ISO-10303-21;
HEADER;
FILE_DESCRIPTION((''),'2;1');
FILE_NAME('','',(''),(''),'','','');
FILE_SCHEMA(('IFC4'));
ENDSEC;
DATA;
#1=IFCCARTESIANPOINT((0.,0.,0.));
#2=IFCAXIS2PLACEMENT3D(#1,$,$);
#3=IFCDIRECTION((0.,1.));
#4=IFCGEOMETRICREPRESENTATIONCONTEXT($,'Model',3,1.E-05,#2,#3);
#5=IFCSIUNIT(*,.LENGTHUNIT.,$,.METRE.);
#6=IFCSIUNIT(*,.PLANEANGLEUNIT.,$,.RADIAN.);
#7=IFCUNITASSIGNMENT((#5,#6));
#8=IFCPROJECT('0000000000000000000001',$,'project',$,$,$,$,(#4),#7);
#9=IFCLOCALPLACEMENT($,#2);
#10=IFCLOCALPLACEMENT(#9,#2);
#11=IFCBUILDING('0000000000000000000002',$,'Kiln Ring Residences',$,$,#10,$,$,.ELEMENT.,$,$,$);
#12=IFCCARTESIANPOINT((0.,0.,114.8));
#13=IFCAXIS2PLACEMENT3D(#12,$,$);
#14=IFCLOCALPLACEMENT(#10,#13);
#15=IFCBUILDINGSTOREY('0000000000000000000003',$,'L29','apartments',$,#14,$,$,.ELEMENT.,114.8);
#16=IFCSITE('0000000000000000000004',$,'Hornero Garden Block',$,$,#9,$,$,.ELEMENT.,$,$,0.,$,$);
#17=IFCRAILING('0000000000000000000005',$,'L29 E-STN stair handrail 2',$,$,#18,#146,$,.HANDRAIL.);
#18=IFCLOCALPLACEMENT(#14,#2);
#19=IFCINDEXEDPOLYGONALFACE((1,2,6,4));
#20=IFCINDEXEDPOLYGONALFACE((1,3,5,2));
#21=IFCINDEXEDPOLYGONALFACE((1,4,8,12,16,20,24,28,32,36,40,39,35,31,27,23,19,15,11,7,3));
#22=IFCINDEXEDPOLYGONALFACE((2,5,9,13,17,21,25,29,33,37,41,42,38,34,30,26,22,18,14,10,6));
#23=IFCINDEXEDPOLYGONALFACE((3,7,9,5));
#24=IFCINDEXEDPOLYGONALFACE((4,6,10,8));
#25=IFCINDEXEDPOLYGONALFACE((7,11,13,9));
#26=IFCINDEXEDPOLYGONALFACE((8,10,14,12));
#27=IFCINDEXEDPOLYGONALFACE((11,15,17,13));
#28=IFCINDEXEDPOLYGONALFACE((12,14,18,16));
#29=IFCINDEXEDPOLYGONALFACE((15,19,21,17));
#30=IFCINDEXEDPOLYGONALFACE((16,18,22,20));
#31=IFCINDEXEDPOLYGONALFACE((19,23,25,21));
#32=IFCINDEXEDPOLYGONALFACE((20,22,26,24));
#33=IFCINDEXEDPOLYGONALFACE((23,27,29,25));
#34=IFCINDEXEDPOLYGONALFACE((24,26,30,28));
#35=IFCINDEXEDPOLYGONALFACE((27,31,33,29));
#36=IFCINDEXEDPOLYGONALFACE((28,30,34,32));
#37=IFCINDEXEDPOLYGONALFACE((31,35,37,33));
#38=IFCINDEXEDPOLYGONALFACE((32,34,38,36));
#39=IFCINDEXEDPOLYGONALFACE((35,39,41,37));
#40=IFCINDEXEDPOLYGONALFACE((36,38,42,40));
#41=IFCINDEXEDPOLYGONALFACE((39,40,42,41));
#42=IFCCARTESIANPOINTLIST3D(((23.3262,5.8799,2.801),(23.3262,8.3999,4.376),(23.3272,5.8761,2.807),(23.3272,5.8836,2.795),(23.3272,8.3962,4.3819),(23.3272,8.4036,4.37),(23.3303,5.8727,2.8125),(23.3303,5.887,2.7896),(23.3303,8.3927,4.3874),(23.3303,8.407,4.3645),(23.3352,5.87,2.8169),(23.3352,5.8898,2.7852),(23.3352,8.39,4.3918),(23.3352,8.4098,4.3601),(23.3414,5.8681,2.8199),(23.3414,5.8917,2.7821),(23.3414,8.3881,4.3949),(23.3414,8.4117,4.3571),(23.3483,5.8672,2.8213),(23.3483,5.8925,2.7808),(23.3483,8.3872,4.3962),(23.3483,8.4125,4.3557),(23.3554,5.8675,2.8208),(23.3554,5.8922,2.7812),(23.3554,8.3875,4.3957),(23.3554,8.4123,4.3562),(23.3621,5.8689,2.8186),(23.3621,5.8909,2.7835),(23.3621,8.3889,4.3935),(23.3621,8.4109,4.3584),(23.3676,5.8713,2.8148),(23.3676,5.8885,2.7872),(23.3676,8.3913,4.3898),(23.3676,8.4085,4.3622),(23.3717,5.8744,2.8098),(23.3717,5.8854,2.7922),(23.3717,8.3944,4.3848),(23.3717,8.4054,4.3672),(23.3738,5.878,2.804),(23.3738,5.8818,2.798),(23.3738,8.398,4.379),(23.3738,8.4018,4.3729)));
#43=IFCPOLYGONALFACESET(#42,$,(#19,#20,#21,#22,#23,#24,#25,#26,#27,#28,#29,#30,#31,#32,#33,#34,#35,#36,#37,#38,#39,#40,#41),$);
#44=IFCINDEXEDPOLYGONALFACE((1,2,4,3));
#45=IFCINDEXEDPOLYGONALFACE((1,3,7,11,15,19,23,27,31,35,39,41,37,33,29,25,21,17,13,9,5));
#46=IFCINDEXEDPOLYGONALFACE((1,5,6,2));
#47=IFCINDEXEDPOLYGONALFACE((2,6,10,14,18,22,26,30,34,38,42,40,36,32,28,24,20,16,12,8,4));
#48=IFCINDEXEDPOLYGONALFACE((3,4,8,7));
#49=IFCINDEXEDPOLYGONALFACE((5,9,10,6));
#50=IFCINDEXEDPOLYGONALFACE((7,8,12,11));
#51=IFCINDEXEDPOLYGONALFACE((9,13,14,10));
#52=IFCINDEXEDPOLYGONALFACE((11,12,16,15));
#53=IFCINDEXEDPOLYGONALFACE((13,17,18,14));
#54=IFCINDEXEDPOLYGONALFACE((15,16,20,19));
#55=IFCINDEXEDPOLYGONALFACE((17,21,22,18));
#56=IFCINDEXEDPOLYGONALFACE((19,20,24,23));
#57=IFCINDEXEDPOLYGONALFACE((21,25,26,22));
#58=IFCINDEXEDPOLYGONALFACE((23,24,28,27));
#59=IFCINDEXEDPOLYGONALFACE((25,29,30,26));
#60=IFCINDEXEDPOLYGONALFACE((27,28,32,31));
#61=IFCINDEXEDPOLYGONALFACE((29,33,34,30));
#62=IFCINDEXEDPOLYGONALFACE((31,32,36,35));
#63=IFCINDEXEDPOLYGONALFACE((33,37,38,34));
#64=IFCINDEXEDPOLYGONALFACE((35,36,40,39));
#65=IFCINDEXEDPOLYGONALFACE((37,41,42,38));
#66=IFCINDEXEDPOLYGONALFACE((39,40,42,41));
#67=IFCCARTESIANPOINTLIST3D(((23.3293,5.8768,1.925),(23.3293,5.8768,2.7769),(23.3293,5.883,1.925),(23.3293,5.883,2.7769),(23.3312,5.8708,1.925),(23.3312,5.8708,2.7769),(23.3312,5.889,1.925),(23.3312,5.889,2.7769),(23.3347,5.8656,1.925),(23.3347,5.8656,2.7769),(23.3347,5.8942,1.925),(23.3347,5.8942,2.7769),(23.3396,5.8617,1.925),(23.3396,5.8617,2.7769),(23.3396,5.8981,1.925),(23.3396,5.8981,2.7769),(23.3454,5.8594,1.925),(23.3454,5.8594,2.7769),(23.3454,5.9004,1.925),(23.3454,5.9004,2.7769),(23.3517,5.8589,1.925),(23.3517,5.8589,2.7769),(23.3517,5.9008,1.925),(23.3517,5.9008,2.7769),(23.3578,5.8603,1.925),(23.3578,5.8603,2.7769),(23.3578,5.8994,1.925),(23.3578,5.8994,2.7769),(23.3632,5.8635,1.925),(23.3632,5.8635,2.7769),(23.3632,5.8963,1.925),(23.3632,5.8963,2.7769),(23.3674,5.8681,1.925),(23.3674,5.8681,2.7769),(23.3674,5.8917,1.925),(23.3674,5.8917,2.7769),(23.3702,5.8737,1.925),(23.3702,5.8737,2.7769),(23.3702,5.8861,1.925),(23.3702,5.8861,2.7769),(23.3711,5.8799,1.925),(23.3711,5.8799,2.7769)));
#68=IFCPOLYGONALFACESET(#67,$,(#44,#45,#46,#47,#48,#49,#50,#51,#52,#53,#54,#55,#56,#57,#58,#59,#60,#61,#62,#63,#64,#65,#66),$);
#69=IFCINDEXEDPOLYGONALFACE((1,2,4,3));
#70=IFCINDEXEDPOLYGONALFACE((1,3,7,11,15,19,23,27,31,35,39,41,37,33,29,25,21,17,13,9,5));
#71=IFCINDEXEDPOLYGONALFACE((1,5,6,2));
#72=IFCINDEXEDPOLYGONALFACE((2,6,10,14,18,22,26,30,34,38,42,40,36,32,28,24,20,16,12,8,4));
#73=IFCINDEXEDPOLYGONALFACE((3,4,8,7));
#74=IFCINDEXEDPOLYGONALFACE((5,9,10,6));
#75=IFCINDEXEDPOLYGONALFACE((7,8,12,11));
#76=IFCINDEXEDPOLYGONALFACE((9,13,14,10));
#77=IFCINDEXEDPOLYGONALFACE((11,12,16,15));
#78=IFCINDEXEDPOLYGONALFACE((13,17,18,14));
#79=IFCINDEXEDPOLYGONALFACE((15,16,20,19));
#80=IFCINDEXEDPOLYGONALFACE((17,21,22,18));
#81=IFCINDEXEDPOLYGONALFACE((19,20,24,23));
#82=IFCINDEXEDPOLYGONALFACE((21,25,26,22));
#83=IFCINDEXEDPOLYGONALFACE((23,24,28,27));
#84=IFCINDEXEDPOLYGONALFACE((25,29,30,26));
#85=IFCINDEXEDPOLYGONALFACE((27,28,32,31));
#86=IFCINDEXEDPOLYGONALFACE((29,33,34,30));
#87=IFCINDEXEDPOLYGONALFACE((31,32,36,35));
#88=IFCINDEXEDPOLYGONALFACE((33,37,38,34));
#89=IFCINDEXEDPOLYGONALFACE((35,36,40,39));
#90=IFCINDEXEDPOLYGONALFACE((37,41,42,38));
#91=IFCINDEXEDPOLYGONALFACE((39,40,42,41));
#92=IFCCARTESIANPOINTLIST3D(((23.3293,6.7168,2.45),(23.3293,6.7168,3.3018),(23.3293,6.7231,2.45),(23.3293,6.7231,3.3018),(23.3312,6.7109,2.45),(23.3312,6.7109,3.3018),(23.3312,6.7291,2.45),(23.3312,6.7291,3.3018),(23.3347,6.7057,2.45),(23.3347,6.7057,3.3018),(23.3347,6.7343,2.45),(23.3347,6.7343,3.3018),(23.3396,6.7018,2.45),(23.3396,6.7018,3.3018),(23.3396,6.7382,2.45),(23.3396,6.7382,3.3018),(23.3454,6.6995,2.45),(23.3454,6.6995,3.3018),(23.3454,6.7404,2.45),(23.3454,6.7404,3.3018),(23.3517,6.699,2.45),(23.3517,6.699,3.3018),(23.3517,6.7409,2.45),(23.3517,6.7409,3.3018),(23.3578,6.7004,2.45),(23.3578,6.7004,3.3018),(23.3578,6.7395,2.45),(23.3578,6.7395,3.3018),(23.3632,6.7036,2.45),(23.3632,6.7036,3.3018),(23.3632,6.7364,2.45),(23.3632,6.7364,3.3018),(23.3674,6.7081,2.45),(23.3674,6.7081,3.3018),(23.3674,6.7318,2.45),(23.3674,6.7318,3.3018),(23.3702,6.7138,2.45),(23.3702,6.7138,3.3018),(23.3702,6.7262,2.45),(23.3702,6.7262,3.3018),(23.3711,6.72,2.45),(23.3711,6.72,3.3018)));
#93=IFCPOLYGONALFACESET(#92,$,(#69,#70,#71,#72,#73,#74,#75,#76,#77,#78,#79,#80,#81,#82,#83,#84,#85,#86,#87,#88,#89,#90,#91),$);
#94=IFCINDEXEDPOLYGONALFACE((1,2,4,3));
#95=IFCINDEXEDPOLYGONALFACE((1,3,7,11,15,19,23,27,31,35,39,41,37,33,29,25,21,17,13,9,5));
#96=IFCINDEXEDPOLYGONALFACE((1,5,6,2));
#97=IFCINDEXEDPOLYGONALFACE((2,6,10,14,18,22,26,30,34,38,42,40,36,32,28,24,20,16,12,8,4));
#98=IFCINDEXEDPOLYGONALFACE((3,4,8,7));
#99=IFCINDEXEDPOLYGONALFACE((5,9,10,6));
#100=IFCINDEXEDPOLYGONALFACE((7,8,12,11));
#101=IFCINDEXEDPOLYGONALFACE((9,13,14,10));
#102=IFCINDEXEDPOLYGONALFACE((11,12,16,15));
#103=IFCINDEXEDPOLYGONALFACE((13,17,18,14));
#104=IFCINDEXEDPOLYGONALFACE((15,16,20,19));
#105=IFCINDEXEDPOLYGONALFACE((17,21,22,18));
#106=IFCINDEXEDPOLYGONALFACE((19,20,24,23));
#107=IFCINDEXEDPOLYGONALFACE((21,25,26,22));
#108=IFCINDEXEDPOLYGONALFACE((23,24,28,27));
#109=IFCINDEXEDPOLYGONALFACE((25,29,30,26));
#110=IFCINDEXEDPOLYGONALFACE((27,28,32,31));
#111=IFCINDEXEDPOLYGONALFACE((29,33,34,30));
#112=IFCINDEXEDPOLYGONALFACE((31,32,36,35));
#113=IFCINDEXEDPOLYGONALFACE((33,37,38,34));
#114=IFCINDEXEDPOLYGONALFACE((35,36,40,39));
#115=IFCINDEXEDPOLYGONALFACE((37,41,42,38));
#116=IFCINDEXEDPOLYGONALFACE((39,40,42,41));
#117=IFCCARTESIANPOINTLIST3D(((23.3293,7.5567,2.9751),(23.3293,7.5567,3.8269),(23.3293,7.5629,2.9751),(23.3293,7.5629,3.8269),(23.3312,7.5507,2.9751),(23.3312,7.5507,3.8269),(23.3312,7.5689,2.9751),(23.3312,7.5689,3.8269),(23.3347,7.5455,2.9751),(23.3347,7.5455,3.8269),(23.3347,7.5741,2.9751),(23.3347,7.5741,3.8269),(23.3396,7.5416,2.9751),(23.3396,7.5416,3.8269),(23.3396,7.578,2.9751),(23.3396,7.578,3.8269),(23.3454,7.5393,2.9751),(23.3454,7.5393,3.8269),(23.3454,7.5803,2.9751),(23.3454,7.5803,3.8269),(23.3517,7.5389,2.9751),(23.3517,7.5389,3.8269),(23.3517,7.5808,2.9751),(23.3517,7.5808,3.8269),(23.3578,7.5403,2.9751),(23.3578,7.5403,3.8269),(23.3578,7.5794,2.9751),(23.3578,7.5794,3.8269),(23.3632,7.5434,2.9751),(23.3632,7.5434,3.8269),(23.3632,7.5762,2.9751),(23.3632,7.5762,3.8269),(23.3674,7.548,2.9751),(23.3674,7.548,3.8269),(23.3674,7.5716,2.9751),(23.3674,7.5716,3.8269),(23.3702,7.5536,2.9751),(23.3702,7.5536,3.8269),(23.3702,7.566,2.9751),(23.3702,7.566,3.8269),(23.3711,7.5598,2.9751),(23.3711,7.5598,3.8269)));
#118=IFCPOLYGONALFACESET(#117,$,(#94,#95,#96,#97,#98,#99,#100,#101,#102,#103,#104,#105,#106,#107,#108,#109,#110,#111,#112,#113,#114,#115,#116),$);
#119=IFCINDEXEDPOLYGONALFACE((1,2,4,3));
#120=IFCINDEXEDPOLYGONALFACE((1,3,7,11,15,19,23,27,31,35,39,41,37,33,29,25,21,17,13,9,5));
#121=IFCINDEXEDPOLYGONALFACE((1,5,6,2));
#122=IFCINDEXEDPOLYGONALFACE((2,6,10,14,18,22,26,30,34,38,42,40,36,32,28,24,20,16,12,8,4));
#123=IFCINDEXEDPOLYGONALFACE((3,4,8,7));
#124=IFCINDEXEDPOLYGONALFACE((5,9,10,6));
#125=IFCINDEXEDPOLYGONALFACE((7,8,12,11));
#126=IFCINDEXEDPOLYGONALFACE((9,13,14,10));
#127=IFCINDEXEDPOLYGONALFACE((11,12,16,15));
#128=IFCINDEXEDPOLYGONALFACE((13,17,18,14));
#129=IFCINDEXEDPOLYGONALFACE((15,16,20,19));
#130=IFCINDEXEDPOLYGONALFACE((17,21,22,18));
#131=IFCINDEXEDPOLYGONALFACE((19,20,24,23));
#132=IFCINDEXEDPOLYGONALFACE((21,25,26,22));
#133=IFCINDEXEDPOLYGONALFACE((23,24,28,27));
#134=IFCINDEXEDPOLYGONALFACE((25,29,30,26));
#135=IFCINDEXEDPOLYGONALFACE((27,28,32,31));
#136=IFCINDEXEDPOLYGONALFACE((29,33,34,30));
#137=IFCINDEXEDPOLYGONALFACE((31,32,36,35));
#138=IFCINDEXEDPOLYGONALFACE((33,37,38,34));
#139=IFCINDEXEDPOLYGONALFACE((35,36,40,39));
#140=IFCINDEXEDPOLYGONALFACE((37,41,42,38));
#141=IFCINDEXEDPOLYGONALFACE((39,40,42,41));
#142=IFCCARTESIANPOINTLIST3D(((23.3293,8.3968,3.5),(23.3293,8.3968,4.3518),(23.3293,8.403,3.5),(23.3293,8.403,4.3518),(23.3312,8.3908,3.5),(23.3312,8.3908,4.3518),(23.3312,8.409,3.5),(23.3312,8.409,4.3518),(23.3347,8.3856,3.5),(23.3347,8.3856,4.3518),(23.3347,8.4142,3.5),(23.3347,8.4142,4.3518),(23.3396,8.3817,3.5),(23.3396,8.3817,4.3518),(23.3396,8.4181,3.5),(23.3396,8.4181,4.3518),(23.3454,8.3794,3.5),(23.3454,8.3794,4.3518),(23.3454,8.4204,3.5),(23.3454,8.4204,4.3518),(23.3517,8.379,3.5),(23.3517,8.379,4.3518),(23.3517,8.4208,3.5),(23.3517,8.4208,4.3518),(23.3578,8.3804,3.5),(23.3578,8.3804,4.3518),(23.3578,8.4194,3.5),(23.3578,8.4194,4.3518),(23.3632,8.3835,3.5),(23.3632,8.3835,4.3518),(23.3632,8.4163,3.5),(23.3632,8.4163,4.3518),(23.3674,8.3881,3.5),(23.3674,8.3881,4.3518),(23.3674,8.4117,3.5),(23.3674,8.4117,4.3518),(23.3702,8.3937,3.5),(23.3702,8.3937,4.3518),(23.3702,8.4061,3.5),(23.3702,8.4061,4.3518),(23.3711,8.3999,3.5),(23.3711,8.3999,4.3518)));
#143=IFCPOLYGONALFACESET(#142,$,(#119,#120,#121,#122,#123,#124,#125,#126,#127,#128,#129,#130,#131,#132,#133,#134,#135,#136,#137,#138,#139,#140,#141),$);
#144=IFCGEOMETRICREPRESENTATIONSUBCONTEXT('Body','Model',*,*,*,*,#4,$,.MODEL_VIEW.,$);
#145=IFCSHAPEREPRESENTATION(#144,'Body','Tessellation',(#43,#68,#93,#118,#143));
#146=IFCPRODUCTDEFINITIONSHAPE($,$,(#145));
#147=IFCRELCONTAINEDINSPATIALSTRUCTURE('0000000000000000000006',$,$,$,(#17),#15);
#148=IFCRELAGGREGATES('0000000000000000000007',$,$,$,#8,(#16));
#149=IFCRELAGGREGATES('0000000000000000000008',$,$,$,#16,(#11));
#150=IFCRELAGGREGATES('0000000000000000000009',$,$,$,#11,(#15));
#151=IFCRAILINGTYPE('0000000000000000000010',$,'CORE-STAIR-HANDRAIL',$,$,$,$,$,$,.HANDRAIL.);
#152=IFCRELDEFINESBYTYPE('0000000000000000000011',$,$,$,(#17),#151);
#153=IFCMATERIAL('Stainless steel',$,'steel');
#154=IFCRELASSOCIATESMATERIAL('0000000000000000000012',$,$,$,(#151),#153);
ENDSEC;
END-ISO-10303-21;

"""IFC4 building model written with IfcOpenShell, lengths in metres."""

from ifc_helpers import new_model, si_unit, direction, frame, origin, origin_2d, place, context, subcontext, project, spatial, circle, extrude, material, type_object, element, save


model = new_model("IFC4")

# Units and contexts
model_context = context("Model", 3, precision=1e-05, world=origin(), true_north=direction((0.0, 1.0)))
body_context = subcontext(model_context, "Body", "Model", "MODEL_VIEW")
ifc_project = project(units=[si_unit("LENGTHUNIT", "METRE"), si_unit("PLANEANGLEUNIT", "RADIAN")], contexts=[model_context])

# Site, building, storey
site_placement = place(None, origin())
site = spatial("IfcSite", under=ifc_project, at=site_placement, Name="Hornero Garden Block", CompositionType="ELEMENT", RefElevation=0.0)
building_placement = place(site_placement, origin())
building = spatial("IfcBuilding", under=site, at=building_placement, Name="Kiln Ring Residences", CompositionType="ELEMENT")
storey_placement = place(building_placement, frame((0.0, 0.0, 114.8)))
storey = spatial("IfcBuildingStorey", under=building, at=storey_placement, Name="L29", Description="apartments", CompositionType="ELEMENT", Elevation=114.8)

# Railing
ifc_material_1 = material(Name="Stainless steel", Category="steel")
railing_type_1 = type_object("IfcRailingType", Name="CORE-STAIR-HANDRAIL", PredefinedType="HANDRAIL", material=ifc_material_1)
railing_1_placement = place(storey_placement, frame((23.3501, 5.8799, 1.925)))
element("IfcRailing", 1, at=railing_1_placement, inside=storey, type_object=railing_type_1, Name="L29 E-STN stair handrail 2", PredefinedType="HANDRAIL", context=body_context, shape_type="SweptSolid", body=[
    extrude(circle(Radius=0.0239, at=origin_2d()), frame((0.0, 0.0, 0.876), z_axis=(0.0, 0.848008, 0.529984), x_axis=(-1.0, 0.0, 0.0)), (0.0, 0.0, 1.0), 2.9717),
    extrude(circle(Radius=0.021, at=origin_2d()), origin(), (0.0, 0.0, 1.0), 0.8518),
    extrude(circle(Radius=0.021, at=origin_2d()), frame((0.0, 0.8401, 0.5249)), (0.0, 0.0, 1.0), 0.8518),
    extrude(circle(Radius=0.021, at=origin_2d()), frame((0.0, 1.6799, 1.05)), (0.0, 0.0, 1.0), 0.8518),
    extrude(circle(Radius=0.021, at=origin_2d()), frame((0.0, 2.52, 1.575)), (0.0, 0.0, 1.0), 0.8518),
])

save(model, "model.ifc")
